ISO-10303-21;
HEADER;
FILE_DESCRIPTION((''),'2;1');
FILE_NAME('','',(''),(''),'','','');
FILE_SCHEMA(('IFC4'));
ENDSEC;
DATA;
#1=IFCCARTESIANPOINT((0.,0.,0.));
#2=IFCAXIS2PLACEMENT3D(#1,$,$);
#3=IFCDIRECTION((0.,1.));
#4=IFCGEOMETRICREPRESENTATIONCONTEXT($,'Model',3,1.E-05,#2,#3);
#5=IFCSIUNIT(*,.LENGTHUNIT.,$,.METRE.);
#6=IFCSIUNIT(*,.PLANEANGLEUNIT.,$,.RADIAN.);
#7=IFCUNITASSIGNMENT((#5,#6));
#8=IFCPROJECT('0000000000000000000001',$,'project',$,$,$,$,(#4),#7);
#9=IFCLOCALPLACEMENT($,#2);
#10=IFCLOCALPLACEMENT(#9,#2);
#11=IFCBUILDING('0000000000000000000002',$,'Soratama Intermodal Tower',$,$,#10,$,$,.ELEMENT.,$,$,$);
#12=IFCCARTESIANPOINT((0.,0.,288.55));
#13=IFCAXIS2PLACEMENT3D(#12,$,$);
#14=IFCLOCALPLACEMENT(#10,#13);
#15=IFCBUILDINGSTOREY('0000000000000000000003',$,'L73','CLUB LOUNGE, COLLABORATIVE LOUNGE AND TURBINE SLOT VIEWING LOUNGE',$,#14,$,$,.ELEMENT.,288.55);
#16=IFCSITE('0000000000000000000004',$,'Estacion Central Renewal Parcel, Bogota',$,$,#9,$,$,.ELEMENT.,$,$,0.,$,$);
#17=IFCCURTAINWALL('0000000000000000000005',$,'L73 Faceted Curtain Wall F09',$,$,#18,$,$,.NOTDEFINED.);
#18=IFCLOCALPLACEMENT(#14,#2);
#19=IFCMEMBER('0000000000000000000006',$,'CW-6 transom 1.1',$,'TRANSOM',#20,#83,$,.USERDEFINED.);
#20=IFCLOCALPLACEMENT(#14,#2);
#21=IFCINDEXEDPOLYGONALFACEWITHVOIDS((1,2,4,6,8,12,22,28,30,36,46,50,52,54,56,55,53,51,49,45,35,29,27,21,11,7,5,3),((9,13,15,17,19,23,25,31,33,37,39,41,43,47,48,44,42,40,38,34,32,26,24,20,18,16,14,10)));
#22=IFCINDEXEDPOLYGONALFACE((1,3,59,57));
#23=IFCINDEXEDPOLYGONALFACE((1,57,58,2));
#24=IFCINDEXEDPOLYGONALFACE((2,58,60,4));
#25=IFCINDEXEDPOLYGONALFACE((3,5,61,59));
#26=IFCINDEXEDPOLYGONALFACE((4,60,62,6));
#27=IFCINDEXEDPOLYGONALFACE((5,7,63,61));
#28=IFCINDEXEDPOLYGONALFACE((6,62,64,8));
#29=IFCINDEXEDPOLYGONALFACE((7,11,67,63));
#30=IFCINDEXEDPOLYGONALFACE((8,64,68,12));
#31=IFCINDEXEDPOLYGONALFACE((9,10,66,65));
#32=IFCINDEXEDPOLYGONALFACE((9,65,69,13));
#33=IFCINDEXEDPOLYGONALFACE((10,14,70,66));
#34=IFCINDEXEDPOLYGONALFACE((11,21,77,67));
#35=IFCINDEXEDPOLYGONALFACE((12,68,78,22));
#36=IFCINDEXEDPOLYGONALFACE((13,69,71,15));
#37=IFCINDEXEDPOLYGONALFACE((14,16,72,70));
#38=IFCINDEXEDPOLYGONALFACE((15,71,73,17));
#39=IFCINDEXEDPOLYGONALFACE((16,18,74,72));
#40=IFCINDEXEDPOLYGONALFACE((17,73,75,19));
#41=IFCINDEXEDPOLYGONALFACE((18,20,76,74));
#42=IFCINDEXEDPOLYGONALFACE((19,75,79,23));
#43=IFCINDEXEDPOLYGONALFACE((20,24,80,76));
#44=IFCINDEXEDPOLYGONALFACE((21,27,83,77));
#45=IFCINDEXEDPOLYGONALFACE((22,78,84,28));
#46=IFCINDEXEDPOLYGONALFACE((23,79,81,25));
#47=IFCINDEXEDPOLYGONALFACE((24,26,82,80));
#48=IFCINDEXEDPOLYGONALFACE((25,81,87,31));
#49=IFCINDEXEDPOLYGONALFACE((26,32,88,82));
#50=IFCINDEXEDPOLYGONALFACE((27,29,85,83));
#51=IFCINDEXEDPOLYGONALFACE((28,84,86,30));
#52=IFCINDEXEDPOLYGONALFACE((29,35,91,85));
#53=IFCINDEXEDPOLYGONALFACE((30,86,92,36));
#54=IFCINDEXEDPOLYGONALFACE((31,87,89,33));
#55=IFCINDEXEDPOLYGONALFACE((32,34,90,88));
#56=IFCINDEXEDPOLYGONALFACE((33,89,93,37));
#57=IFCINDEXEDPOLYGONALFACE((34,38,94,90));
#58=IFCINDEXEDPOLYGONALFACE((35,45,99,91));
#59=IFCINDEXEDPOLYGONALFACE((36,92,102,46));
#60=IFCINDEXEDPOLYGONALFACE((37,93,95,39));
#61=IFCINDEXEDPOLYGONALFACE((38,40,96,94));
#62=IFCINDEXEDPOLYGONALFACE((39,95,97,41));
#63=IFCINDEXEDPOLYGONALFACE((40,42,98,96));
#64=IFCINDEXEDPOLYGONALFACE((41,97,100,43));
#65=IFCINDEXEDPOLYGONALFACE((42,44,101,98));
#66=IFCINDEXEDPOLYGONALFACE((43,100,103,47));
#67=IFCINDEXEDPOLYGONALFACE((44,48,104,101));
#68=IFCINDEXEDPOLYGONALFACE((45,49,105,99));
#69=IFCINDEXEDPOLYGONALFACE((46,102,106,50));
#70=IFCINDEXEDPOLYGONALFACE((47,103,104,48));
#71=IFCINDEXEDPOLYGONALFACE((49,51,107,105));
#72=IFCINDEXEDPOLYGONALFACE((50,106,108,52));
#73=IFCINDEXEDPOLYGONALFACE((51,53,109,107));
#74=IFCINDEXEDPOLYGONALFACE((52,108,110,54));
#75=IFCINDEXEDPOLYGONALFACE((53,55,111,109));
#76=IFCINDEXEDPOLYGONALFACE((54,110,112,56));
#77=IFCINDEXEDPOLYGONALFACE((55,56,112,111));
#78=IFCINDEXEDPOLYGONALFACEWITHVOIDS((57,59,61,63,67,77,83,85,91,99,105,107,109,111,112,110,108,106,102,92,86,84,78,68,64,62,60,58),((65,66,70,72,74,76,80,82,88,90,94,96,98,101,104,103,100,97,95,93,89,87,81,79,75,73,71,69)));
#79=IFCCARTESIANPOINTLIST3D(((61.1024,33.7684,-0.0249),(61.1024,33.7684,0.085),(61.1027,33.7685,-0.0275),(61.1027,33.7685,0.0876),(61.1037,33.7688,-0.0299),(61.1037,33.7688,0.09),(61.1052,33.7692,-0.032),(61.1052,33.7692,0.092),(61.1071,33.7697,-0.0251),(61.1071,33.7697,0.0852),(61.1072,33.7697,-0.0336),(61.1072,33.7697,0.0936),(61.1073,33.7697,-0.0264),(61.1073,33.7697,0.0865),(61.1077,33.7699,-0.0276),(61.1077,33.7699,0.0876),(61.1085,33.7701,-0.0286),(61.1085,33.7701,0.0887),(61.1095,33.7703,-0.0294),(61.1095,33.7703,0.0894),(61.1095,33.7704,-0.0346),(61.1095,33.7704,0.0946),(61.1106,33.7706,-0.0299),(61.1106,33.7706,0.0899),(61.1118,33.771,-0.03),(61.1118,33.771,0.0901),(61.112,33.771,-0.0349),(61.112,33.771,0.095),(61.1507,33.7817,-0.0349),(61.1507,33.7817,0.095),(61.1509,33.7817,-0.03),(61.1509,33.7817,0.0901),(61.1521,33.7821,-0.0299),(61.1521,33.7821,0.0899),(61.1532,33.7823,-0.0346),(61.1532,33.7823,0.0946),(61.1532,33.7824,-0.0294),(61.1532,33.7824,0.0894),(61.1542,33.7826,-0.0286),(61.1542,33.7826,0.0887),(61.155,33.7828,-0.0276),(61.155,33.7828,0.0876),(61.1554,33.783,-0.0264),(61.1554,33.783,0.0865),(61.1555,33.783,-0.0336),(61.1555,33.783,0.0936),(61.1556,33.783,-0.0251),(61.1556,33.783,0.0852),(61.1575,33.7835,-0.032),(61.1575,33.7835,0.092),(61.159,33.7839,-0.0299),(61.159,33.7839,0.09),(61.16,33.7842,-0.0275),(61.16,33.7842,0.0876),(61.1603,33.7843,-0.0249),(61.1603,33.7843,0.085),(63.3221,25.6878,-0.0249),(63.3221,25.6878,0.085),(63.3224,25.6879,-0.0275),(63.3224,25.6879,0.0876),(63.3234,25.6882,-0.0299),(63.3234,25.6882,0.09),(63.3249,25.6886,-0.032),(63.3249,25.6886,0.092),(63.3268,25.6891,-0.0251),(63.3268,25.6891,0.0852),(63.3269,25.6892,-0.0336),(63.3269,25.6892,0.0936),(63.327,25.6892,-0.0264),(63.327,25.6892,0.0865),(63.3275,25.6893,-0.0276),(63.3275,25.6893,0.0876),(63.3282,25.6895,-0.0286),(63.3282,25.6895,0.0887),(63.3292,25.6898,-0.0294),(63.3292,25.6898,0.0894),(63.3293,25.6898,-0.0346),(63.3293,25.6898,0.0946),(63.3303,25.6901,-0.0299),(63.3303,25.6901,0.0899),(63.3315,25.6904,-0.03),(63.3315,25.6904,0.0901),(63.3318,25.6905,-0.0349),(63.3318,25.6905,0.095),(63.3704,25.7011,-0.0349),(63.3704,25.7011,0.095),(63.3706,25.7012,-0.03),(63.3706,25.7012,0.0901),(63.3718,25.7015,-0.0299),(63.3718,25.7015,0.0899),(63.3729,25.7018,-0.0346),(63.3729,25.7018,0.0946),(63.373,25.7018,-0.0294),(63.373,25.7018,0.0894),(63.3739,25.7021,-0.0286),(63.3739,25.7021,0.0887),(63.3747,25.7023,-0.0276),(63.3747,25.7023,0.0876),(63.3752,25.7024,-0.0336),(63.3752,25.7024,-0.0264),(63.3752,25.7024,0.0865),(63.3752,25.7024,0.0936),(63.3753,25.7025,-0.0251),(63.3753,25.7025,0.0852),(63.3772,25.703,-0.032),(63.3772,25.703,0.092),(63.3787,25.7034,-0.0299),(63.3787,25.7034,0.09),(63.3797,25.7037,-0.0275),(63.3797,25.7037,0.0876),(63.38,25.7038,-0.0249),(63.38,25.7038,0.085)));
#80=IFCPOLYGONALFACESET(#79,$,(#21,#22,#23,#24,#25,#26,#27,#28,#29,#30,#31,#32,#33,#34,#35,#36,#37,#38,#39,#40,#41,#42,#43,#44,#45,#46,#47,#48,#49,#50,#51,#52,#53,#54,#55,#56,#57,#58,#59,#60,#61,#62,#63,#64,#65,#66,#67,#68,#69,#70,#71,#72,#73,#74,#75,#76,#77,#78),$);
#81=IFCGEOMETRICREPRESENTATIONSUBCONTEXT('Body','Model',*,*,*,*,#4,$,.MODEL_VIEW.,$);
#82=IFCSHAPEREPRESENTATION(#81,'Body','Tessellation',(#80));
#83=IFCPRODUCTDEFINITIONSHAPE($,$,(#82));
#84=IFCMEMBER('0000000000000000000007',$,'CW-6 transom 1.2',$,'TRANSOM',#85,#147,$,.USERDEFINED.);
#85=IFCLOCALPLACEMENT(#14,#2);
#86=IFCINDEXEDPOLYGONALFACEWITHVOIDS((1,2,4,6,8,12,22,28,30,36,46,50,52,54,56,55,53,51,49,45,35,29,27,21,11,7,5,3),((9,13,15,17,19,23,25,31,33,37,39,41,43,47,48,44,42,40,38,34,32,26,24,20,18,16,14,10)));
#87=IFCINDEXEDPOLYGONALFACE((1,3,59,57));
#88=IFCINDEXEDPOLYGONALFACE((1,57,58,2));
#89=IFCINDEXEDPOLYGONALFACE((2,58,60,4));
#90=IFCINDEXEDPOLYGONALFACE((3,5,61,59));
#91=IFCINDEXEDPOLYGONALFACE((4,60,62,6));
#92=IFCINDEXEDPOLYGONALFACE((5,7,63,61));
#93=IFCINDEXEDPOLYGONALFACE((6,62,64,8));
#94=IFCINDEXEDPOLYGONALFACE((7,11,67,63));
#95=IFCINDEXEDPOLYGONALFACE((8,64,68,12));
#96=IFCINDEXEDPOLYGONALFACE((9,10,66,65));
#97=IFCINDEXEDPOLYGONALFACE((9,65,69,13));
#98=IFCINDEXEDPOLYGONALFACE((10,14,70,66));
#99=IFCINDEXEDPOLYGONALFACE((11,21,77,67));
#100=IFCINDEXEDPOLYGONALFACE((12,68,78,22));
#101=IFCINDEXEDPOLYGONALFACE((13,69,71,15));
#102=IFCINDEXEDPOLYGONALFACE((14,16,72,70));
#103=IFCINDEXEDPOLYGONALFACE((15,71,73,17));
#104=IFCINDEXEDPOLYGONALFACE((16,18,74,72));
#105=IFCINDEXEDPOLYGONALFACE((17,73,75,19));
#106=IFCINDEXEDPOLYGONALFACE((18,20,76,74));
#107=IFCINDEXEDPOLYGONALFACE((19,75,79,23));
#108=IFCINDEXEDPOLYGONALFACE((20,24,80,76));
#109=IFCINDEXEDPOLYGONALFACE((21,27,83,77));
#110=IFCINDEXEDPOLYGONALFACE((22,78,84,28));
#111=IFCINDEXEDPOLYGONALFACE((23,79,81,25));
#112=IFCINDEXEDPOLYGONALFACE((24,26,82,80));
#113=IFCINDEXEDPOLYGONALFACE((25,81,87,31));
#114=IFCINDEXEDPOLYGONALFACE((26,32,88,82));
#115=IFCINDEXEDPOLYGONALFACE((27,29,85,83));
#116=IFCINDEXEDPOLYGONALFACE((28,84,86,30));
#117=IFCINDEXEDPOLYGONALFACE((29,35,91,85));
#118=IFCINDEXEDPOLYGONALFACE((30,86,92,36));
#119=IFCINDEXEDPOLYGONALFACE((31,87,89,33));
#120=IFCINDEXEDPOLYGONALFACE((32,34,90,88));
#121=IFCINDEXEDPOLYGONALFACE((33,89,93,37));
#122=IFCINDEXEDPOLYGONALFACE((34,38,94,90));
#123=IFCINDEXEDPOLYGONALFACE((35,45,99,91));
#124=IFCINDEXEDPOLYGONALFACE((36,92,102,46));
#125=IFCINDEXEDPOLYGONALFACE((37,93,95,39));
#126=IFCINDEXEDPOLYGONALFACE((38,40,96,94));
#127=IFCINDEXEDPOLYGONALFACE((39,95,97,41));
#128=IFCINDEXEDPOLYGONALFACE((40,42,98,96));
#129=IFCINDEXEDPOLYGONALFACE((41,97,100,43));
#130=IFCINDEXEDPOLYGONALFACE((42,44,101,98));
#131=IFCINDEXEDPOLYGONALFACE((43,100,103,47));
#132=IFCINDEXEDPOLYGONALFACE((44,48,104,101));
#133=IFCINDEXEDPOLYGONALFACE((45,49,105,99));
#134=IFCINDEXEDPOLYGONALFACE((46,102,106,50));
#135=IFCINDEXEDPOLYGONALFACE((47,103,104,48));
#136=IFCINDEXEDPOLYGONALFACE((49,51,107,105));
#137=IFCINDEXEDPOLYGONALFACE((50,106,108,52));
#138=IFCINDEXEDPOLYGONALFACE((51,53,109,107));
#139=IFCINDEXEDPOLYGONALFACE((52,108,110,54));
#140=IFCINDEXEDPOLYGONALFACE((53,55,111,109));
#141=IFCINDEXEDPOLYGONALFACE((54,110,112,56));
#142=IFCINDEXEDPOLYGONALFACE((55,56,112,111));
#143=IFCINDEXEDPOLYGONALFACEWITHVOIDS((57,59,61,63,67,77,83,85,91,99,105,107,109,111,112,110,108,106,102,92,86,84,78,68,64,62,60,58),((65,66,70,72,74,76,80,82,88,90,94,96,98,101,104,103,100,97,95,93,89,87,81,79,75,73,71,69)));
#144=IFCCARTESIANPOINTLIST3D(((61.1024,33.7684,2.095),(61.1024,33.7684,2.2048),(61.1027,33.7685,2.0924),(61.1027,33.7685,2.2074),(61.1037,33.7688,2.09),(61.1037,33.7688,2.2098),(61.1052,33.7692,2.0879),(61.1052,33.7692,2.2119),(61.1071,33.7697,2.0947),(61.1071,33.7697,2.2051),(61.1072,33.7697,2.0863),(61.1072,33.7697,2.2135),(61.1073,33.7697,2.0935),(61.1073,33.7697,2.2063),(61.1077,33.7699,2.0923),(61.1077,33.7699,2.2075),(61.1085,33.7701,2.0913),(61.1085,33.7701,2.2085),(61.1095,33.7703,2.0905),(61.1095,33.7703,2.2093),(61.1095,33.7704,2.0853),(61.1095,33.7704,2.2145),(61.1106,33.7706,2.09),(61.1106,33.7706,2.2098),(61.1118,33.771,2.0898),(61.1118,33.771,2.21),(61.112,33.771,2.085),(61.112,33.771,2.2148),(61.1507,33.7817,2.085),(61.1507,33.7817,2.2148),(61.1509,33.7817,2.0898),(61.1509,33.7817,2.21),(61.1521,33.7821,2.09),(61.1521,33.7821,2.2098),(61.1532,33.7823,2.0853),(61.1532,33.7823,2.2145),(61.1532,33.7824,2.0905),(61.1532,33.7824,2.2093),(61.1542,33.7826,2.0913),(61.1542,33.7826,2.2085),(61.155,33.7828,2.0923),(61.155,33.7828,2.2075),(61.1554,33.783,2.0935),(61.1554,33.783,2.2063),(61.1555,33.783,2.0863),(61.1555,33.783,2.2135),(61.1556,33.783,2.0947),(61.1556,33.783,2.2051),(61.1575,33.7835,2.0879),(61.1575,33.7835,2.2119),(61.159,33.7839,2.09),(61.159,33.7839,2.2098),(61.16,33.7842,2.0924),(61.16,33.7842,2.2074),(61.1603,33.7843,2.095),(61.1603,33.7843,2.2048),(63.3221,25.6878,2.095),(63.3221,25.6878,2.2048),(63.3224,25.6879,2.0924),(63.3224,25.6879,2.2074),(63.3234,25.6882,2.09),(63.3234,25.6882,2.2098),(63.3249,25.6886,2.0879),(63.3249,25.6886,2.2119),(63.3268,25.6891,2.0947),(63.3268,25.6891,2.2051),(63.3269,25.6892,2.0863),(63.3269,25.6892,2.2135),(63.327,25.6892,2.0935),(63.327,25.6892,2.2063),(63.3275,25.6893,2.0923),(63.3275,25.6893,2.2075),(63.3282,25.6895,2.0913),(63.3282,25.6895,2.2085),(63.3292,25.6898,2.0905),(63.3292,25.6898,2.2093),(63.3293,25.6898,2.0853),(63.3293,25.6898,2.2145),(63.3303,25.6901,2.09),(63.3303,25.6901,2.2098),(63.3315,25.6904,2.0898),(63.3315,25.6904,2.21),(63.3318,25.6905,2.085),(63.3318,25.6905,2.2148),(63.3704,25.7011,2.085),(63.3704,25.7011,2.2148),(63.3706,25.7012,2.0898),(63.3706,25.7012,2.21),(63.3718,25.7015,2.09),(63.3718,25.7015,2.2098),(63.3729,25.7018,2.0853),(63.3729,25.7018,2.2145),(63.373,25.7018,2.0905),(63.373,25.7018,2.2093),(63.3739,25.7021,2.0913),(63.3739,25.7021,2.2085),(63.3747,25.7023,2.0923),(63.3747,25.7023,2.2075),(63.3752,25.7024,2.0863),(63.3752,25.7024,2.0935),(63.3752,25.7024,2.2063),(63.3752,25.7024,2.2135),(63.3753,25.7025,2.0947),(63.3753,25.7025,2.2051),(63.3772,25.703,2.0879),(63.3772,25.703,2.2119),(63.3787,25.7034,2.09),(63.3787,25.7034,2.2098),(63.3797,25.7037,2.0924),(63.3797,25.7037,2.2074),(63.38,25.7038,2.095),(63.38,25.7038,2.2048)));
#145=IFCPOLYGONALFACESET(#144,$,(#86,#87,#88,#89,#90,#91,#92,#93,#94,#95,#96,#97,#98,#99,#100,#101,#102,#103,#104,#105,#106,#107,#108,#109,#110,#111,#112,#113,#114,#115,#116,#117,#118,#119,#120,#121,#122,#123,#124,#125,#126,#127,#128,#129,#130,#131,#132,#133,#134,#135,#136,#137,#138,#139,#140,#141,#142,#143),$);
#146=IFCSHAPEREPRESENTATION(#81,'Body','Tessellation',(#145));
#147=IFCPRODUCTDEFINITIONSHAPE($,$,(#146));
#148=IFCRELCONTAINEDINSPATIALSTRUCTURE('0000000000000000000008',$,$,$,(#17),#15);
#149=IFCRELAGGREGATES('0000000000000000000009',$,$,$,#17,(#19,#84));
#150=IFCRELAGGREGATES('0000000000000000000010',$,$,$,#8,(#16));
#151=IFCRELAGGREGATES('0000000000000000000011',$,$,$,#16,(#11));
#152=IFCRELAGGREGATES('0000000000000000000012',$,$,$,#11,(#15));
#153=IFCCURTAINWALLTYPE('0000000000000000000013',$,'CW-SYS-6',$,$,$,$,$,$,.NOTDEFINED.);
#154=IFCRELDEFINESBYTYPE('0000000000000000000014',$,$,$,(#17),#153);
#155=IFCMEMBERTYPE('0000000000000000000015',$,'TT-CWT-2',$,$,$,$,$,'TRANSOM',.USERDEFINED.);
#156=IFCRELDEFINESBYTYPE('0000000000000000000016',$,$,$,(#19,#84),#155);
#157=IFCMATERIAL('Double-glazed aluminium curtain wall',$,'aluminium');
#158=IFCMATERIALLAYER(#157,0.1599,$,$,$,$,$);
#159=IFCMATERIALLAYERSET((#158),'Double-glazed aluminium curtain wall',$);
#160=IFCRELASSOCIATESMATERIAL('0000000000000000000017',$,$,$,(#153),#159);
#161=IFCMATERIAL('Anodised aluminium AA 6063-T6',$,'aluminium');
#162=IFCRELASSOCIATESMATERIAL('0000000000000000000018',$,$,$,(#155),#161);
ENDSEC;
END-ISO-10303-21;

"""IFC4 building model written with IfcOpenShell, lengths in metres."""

from ifc_helpers import new_model, si_unit, direction, frame, origin, origin_2d, place, context, subcontext, project, spatial, hollow_rectangle, extrude, material, layer, layer_set, material_profile, profile_set, type_object, element, aggregate, save


model = new_model("IFC4")

# Units and contexts
model_context = context("Model", 3, precision=1e-05, world=origin(), true_north=direction((0.0, 1.0)))
body_context = subcontext(model_context, "Body", "Model", "MODEL_VIEW")
ifc_project = project(units=[si_unit("LENGTHUNIT", "METRE"), si_unit("PLANEANGLEUNIT", "RADIAN")], contexts=[model_context])

# Site, building, storey
site_placement = place(None, origin())
site = spatial("IfcSite", under=ifc_project, at=site_placement, Name="Estacion Central Renewal Parcel, Bogota", CompositionType="ELEMENT", RefElevation=0.0)
building_placement = place(site_placement, origin())
building = spatial("IfcBuilding", under=site, at=building_placement, Name="Soratama Intermodal Tower", CompositionType="ELEMENT")
storey_placement = place(building_placement, frame((0.0, 0.0, 288.55)))
storey = spatial("IfcBuildingStorey", under=building, at=storey_placement, Name="L73", Description="CLUB LOUNGE, COLLABORATIVE LOUNGE AND TURBINE SLOT VIEWING LOUNGE", CompositionType="ELEMENT", Elevation=288.55)

# Curtain wall, members
ifc_material_1 = material(Name="Double-glazed aluminium curtain wall", Category="aluminium")
ifc_layer_1 = layer(ifc_material_1, 0.1599)
ifc_layer_set_1 = layer_set([ifc_layer_1], Name="Double-glazed aluminium curtain wall")
curtain_wall_type = type_object("IfcCurtainWallType", Name="CW-SYS-6", PredefinedType="NOTDEFINED", material=ifc_layer_set_1)
curtain_wall_placement = place(storey_placement, origin())
curtain_wall = element("IfcCurtainWall", 1, at=curtain_wall_placement, inside=storey, type_object=curtain_wall_type, Name="L73 Faceted Curtain Wall F09", PredefinedType="NOTDEFINED")
ifc_material_2 = material(Name="Anodised aluminium AA 6063-T6", Category="aluminium")
ifc_material_profile_1 = material_profile(ifc_material_2, hollow_rectangle(XDim=0.0601, YDim=0.1299, WallThickness=0.0049, InnerFilletRadius=0.0049, OuterFilletRadius=0.01, at=origin_2d()), Name="CWT130X60X5")
ifc_profile_set_1 = profile_set([ifc_material_profile_1], Name="Anodised aluminium AA 6063-T6")
member_type_1 = type_object("IfcMemberType", Name="TT-CWT-2", ElementType="TRANSOM", PredefinedType="USERDEFINED", material=ifc_profile_set_1)
member_1_placement = place(storey_placement, frame((63.3511, 25.6958, 0.03), z_axis=(-0.264887, 0.964279, 0.0), x_axis=(-0.964279, -0.264887, 0.0)))
member_1 = element("IfcMember", 2, at=member_1_placement, type_object=member_type_1, Name="CW-6 transom 1.1", ObjectType="TRANSOM", PredefinedType="USERDEFINED", context=body_context, shape_type="SweptSolid", body=[
    extrude(hollow_rectangle(XDim=0.0601, YDim=0.1299, WallThickness=0.0049, InnerFilletRadius=0.0049, OuterFilletRadius=0.01, at=origin_2d()), origin(), (0.0, 0.0, 1.0), 8.3799),
])
member_2_placement = place(storey_placement, frame((63.3511, 25.6958, 2.1499), z_axis=(-0.264887, 0.964279, 0.0), x_axis=(-0.964279, -0.264887, 0.0)))
member_2 = element("IfcMember", 3, at=member_2_placement, type_object=member_type_1, Name="CW-6 transom 1.2", ObjectType="TRANSOM", PredefinedType="USERDEFINED", context=body_context, shape_type="SweptSolid", body=[
    extrude(hollow_rectangle(XDim=0.0601, YDim=0.1299, WallThickness=0.0049, InnerFilletRadius=0.0049, OuterFilletRadius=0.01, at=origin_2d()), origin(), (0.0, 0.0, 1.0), 8.3799),
])

aggregate(curtain_wall, [member_1, member_2])

save(model, "model.ifc")
